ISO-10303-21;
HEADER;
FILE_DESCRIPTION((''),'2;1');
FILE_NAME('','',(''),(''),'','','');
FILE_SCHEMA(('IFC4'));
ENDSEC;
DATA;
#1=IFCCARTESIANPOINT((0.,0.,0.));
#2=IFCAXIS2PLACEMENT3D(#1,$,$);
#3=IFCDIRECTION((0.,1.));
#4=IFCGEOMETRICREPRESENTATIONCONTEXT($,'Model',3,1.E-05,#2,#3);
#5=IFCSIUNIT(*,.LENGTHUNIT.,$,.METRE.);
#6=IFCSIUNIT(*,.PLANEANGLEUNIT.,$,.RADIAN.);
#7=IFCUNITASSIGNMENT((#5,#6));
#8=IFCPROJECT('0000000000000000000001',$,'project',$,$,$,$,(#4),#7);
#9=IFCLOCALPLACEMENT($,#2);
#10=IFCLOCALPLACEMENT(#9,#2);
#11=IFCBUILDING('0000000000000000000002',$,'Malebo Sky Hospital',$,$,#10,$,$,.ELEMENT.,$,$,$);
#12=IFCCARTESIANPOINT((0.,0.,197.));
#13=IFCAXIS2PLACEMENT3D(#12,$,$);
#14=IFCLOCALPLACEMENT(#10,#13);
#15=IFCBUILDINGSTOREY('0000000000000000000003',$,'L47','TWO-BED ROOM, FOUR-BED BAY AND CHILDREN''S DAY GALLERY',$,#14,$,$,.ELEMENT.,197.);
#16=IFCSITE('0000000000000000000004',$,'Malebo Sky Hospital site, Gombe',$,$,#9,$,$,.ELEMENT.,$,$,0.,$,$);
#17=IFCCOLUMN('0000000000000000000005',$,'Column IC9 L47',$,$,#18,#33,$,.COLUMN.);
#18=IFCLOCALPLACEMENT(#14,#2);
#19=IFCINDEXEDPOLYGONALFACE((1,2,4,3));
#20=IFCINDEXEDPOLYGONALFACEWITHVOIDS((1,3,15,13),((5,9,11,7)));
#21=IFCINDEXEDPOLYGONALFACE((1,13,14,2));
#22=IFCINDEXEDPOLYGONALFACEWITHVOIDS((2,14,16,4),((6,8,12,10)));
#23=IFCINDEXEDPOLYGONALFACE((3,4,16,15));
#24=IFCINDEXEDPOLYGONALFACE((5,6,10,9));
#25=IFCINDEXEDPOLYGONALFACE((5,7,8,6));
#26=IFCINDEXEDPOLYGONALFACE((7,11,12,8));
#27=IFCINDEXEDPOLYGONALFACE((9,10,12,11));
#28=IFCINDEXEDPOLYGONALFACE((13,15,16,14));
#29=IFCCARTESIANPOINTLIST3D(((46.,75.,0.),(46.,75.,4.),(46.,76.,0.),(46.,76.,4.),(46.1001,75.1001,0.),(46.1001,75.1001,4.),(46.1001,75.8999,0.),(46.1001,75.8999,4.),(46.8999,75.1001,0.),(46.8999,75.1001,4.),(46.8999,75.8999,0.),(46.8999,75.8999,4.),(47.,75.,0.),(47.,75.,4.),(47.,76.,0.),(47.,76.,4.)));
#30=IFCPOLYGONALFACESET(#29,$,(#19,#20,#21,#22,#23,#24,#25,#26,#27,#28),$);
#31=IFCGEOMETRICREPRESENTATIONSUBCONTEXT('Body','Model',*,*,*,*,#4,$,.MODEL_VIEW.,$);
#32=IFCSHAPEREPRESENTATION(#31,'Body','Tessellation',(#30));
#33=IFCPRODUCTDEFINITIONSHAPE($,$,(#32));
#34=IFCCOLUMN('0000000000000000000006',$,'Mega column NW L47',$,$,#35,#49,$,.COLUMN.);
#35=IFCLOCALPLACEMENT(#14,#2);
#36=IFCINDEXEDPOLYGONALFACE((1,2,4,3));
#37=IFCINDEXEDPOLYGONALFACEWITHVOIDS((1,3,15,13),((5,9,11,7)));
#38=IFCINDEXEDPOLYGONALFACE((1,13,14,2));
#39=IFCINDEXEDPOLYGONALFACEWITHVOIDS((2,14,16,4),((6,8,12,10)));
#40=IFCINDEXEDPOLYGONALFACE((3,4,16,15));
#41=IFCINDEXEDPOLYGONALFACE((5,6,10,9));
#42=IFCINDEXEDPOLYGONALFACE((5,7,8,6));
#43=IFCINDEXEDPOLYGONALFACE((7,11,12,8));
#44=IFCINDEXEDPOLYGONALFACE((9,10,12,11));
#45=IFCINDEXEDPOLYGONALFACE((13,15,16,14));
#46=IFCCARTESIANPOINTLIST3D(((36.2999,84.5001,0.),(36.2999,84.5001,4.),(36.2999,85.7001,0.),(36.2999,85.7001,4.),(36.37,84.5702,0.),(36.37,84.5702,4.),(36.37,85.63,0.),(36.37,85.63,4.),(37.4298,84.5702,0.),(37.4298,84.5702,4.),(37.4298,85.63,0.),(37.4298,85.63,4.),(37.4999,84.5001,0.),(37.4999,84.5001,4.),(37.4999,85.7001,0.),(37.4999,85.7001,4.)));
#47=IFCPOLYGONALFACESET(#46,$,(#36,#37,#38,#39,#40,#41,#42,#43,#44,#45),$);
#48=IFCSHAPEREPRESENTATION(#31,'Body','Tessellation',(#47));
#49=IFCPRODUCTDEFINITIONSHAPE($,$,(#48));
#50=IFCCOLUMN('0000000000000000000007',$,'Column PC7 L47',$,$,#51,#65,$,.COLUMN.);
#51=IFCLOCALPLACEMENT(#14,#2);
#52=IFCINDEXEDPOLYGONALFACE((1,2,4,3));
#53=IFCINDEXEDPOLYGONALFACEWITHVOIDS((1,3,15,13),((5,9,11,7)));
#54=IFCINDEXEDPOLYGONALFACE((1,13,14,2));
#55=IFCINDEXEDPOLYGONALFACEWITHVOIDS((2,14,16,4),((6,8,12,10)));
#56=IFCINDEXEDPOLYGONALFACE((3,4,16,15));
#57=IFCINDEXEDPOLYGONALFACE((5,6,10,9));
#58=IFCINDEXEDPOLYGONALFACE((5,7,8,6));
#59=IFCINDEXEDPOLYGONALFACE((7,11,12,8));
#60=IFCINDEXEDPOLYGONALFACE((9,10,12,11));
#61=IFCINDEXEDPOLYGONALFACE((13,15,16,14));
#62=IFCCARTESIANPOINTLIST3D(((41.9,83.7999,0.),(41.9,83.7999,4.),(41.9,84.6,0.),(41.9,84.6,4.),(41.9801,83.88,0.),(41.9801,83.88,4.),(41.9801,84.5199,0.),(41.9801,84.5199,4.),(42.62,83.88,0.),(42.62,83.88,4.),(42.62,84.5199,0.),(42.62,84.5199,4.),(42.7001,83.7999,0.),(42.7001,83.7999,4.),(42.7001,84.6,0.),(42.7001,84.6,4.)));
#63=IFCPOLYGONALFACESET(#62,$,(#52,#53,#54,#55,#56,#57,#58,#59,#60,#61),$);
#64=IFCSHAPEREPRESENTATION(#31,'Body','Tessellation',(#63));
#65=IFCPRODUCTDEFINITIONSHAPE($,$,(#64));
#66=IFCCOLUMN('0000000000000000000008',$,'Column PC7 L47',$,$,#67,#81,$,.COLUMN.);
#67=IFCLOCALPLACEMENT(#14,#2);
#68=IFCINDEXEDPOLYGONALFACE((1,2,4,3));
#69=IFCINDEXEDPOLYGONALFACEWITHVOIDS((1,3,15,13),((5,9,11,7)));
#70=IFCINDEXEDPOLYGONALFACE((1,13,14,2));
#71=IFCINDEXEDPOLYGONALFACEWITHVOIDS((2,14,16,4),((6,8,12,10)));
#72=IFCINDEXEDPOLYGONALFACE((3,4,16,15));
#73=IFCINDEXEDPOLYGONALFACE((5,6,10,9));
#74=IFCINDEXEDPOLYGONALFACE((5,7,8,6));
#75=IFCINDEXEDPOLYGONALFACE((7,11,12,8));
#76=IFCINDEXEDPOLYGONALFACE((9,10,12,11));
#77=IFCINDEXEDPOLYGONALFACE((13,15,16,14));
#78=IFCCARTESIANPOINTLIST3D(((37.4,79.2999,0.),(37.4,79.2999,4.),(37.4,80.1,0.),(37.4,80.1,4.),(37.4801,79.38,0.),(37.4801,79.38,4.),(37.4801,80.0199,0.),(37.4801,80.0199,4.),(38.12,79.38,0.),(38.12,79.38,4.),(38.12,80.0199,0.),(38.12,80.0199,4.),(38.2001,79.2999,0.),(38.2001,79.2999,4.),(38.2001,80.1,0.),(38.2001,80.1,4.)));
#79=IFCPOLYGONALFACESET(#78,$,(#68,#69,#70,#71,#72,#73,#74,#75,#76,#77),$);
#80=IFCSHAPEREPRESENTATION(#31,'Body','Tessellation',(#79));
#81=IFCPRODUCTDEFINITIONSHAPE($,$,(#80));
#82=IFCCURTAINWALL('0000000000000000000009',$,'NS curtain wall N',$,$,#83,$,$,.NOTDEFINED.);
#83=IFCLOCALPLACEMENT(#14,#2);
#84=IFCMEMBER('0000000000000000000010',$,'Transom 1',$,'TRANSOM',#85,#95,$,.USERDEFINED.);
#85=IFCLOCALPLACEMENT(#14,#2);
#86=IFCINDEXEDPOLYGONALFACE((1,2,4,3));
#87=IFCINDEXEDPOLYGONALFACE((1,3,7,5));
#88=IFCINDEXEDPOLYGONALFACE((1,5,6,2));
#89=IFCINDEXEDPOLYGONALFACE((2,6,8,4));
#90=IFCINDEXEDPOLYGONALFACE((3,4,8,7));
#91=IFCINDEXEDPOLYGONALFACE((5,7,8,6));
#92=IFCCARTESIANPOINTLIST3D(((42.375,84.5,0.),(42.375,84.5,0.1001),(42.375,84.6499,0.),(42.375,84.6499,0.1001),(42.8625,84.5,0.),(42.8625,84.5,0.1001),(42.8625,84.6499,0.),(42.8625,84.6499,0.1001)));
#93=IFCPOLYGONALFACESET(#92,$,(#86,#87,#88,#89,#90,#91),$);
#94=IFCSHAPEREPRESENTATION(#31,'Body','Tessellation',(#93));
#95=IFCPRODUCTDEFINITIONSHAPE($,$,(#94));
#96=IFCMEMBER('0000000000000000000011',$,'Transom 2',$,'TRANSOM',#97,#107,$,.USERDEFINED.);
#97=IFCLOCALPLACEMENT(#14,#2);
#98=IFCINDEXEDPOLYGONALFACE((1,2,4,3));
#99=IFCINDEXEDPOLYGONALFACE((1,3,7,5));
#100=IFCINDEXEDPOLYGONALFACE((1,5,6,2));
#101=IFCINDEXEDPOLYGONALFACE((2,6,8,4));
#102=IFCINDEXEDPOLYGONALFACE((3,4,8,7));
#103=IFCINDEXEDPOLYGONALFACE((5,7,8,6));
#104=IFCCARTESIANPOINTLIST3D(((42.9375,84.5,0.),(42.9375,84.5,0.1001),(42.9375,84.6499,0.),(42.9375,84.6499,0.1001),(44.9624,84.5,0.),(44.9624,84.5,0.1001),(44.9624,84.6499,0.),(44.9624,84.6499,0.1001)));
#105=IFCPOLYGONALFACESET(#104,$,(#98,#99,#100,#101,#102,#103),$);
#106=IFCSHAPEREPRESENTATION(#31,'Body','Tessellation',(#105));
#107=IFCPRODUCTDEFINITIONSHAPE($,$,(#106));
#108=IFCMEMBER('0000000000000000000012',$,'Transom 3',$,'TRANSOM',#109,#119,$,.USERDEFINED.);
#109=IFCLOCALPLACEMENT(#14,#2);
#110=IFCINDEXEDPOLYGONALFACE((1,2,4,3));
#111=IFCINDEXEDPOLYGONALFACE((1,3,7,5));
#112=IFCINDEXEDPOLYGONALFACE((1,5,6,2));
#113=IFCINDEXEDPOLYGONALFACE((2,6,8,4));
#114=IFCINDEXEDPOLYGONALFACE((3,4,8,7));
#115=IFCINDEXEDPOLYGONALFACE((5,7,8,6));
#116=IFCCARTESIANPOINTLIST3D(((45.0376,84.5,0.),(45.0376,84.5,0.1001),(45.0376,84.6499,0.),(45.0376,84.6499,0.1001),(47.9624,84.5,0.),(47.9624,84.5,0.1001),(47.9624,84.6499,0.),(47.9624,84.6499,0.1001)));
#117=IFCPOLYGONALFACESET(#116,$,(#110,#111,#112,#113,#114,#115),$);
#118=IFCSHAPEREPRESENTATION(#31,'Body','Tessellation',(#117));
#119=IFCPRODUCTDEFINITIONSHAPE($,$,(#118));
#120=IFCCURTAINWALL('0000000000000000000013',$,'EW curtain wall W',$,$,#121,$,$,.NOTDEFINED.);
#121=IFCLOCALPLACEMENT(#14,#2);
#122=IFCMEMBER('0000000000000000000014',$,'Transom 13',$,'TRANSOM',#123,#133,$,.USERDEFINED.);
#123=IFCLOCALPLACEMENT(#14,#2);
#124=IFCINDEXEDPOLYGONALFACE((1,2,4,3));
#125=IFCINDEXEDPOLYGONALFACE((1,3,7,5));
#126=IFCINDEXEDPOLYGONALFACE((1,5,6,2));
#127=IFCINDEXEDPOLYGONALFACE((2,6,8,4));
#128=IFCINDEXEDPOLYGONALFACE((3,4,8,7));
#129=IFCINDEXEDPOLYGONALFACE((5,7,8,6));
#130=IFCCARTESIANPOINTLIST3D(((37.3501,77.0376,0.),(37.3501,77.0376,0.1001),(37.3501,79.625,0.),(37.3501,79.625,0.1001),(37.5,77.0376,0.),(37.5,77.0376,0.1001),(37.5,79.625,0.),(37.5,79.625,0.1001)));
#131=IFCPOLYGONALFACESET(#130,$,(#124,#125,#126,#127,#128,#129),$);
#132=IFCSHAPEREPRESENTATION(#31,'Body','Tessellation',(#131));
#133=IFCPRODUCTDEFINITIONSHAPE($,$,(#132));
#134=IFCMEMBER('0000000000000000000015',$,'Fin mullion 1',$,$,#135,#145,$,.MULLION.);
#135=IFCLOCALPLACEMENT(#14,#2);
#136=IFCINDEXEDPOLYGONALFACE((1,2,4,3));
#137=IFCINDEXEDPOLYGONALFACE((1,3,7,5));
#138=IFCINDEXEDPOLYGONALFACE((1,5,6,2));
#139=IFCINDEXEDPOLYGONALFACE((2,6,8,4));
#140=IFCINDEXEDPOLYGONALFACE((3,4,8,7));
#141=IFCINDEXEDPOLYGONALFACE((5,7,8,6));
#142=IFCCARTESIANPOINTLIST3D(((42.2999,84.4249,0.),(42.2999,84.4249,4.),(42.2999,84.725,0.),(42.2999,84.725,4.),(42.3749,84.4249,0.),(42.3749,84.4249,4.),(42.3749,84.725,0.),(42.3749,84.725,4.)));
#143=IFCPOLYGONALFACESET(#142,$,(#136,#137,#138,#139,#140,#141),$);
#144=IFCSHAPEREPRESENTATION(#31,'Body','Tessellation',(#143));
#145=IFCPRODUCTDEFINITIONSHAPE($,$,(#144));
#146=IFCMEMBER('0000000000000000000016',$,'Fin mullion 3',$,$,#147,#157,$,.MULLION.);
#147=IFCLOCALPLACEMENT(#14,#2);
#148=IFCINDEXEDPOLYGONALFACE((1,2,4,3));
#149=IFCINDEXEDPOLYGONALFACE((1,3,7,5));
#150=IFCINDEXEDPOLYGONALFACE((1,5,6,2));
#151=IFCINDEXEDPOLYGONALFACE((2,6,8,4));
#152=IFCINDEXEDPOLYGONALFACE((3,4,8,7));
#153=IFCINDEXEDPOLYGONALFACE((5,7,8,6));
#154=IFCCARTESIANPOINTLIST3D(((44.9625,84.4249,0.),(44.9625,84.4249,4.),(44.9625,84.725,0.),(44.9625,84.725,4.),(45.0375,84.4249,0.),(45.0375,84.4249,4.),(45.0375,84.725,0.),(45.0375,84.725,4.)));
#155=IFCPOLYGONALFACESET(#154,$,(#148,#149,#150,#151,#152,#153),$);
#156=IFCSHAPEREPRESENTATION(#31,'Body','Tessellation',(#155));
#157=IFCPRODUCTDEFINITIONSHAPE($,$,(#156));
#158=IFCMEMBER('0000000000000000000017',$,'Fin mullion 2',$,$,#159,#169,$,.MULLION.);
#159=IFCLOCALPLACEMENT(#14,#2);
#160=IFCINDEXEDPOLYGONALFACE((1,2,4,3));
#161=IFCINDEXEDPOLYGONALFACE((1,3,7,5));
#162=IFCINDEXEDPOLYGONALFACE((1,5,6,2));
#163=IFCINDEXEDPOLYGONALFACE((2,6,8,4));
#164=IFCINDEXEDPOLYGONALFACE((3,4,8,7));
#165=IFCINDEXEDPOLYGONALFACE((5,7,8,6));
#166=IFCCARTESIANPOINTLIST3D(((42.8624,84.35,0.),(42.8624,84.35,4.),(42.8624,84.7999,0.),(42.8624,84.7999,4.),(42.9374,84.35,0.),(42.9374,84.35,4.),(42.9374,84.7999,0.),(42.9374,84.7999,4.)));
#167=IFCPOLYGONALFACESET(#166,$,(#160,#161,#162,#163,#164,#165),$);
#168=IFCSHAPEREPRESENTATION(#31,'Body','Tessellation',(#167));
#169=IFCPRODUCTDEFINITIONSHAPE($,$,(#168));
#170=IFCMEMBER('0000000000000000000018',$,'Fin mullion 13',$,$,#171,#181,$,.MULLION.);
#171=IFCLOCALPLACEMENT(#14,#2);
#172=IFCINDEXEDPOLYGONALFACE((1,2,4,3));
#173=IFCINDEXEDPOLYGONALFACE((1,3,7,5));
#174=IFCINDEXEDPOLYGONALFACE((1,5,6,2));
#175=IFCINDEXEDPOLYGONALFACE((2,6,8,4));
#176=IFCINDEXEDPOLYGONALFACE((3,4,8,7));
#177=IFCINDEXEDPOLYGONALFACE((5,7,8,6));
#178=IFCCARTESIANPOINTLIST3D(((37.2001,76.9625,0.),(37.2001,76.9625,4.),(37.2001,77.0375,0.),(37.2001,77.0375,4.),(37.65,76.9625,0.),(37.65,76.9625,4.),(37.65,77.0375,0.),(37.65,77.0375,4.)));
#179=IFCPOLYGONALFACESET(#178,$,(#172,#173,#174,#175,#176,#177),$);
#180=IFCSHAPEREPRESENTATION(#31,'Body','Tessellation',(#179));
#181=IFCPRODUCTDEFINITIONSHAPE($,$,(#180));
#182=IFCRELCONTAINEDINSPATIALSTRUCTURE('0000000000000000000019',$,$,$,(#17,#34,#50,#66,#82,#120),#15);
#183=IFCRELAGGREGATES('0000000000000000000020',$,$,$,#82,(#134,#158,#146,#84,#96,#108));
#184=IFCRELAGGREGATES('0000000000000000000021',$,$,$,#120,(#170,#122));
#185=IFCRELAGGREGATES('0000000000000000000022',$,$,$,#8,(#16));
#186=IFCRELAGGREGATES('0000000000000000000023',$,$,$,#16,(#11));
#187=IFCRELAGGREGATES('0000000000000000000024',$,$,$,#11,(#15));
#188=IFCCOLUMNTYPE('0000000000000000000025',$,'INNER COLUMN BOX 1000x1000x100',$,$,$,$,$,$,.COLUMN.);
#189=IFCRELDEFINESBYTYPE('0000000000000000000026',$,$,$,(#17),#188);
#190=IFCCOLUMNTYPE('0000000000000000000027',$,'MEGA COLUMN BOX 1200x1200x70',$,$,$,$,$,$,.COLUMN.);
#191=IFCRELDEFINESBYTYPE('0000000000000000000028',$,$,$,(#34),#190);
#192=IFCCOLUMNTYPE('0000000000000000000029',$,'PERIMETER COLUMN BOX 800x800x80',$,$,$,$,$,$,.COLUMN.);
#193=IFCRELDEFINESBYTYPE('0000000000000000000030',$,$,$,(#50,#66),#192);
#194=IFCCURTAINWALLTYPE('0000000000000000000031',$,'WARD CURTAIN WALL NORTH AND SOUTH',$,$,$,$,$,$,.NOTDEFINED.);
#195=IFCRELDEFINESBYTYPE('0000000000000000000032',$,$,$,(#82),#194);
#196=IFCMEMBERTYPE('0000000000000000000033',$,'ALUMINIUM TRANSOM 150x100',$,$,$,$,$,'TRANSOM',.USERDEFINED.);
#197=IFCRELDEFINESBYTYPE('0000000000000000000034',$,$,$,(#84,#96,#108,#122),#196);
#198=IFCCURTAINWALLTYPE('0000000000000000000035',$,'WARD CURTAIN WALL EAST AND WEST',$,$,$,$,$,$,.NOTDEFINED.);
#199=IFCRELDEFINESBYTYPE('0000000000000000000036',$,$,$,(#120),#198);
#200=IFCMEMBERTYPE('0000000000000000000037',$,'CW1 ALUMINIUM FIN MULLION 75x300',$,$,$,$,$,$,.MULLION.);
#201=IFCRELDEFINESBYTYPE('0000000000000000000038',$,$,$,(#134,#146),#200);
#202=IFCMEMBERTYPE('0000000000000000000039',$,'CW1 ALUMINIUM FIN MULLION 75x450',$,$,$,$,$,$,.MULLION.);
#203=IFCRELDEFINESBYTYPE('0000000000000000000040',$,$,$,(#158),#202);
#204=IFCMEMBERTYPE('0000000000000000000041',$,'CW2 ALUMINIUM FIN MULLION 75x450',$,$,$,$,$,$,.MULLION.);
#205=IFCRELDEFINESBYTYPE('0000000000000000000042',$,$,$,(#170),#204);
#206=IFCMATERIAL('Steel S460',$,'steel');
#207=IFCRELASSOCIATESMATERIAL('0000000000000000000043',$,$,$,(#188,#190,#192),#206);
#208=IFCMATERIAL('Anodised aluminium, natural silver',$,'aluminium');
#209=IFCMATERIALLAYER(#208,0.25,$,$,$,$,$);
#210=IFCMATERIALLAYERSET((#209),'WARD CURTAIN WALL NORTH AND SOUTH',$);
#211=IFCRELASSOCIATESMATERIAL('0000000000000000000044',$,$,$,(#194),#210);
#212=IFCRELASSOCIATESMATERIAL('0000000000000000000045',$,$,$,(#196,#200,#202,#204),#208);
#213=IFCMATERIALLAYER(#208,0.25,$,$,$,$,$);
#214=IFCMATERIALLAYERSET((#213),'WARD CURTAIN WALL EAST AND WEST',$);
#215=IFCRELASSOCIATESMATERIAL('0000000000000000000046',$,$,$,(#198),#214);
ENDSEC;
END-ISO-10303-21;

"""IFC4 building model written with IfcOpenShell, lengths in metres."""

from ifc_helpers import new_model, si_unit, direction, frame, origin, origin_2d, place, context, subcontext, project, spatial, rectangle, hollow_rectangle, extrude, material, layer, layer_set, material_profile, profile_set, type_object, element, aggregate, save


model = new_model("IFC4")

# Units and contexts
model_context = context("Model", 3, precision=1e-05, world=origin(), true_north=direction((0.0, 1.0)))
body_context = subcontext(model_context, "Body", "Model", "MODEL_VIEW")
ifc_project = project(units=[si_unit("LENGTHUNIT", "METRE"), si_unit("PLANEANGLEUNIT", "RADIAN")], contexts=[model_context])

# Site, building, storey
site_placement = place(None, origin())
site = spatial("IfcSite", under=ifc_project, at=site_placement, Name="Malebo Sky Hospital site, Gombe", CompositionType="ELEMENT", RefElevation=0.0)
building_placement = place(site_placement, origin())
building = spatial("IfcBuilding", under=site, at=building_placement, Name="Malebo Sky Hospital", CompositionType="ELEMENT")
storey_placement = place(building_placement, frame((0.0, 0.0, 197.0)))
storey = spatial("IfcBuildingStorey", under=building, at=storey_placement, Name="L47", Description="TWO-BED ROOM, FOUR-BED BAY AND CHILDREN'S DAY GALLERY", CompositionType="ELEMENT", Elevation=197.0)

# Columns
ifc_material_1 = material(Name="Steel S460", Category="steel")
ifc_material_profile_1 = material_profile(ifc_material_1, hollow_rectangle(XDim=1.0, YDim=1.0, WallThickness=0.1001, at=origin_2d()), Name="BOX 1000x1000x100")
ifc_profile_set_1 = profile_set([ifc_material_profile_1], Name="Steel S460")
column_type_1 = type_object("IfcColumnType", Name="INNER COLUMN BOX 1000x1000x100", PredefinedType="COLUMN", material=ifc_profile_set_1)
column_1_placement = place(storey_placement, frame((46.5, 75.5, 0.0), z_axis=(0.0, 0.0, 1.0), x_axis=(1.0, 0.0, 0.0)))
element("IfcColumn", 1, at=column_1_placement, inside=storey, type_object=column_type_1, Name="Column IC9 L47", PredefinedType="COLUMN", context=body_context, shape_type="SweptSolid", body=[
    extrude(hollow_rectangle(XDim=1.0, YDim=1.0, WallThickness=0.1001, at=origin_2d()), origin(), (0.0, 0.0, 1.0), 4.0),
])
ifc_material_profile_2 = material_profile(ifc_material_1, hollow_rectangle(XDim=1.2, YDim=1.2, WallThickness=0.0701, at=origin_2d()), Name="BOX 1200x1200x70")
ifc_profile_set_2 = profile_set([ifc_material_profile_2], Name="Steel S460")
column_type_2 = type_object("IfcColumnType", Name="MEGA COLUMN BOX 1200x1200x70", PredefinedType="COLUMN", material=ifc_profile_set_2)
column_2_placement = place(storey_placement, frame((36.8999, 85.1001, 0.0), z_axis=(0.0, 0.0, 1.0), x_axis=(1.0, 0.0, 0.0)))
element("IfcColumn", 2, at=column_2_placement, inside=storey, type_object=column_type_2, Name="Mega column NW L47", PredefinedType="COLUMN", context=body_context, shape_type="SweptSolid", body=[
    extrude(hollow_rectangle(XDim=1.2, YDim=1.2, WallThickness=0.0701, at=origin_2d()), origin(), (0.0, 0.0, 1.0), 4.0),
])
ifc_material_profile_3 = material_profile(ifc_material_1, hollow_rectangle(XDim=0.8, YDim=0.8, WallThickness=0.0801, at=origin_2d()), Name="BOX 800x800x80")
ifc_profile_set_3 = profile_set([ifc_material_profile_3], Name="Steel S460")
column_type_3 = type_object("IfcColumnType", Name="PERIMETER COLUMN BOX 800x800x80", PredefinedType="COLUMN", material=ifc_profile_set_3)
for number, where, z_axis, x_axis, name in (
    (3, (42.3, 84.2, 0.0), (0.0, 0.0, 1.0), (1.0, 0.0, 0.0), "Column PC7 L47"),
    (4, (37.8, 79.7, 0.0), (0.0, 0.0, 1.0), (1.0, 0.0, 0.0), "Column PC7 L47"),
):
    element("IfcColumn", number, at=place(storey_placement, frame(where, z_axis=z_axis, x_axis=x_axis)), inside=storey, type_object=column_type_3, Name=name, PredefinedType="COLUMN", context=body_context, shape_type="SweptSolid", body=[
        extrude(hollow_rectangle(XDim=0.8, YDim=0.8, WallThickness=0.0801, at=origin_2d()), origin(), (0.0, 0.0, 1.0), 4.0),
    ])

# Curtain wall, members
ifc_material_2 = material(Name="Anodised aluminium, natural silver", Category="aluminium")
ifc_layer_1 = layer(ifc_material_2, 0.25)
ifc_layer_set_1 = layer_set([ifc_layer_1], Name="WARD CURTAIN WALL NORTH AND SOUTH")
curtain_wall_type_1 = type_object("IfcCurtainWallType", Name="WARD CURTAIN WALL NORTH AND SOUTH", PredefinedType="NOTDEFINED", material=ifc_layer_set_1)
curtain_wall_1_placement = place(storey_placement, origin())
curtain_wall_1 = element("IfcCurtainWall", 5, at=curtain_wall_1_placement, inside=storey, type_object=curtain_wall_type_1, Name="NS curtain wall N", PredefinedType="NOTDEFINED")
ifc_material_profile_4 = material_profile(ifc_material_2, rectangle(XDim=0.1499, YDim=0.1001, at=origin_2d()), Name="ALUMINIUM TRANSOM 150x100")
ifc_profile_set_4 = profile_set([ifc_material_profile_4], Name="Anodised aluminium, natural silver")
member_type_1 = type_object("IfcMemberType", Name="ALUMINIUM TRANSOM 150x100", ElementType="TRANSOM", PredefinedType="USERDEFINED", material=ifc_profile_set_4)
member_1_placement = place(storey_placement, frame((42.375, 84.575, 0.05), z_axis=(1.0, 0.0, 0.0), x_axis=(0.0, 1.0, 0.0)))
member_1 = element("IfcMember", 6, at=member_1_placement, type_object=member_type_1, Name="Transom 1", ObjectType="TRANSOM", PredefinedType="USERDEFINED", context=body_context, shape_type="SweptSolid", body=[
    extrude(rectangle(XDim=0.1499, YDim=0.1001, at=origin_2d()), origin(), (0.0, 0.0, 1.0), 0.4875),
])
member_2_placement = place(storey_placement, frame((42.9375, 84.575, 0.05), z_axis=(1.0, 0.0, 0.0), x_axis=(0.0, 1.0, 0.0)))
member_2 = element("IfcMember", 7, at=member_2_placement, type_object=member_type_1, Name="Transom 2", ObjectType="TRANSOM", PredefinedType="USERDEFINED", context=body_context, shape_type="SweptSolid", body=[
    extrude(rectangle(XDim=0.1499, YDim=0.1001, at=origin_2d()), origin(), (0.0, 0.0, 1.0), 2.0249),
])
member_3_placement = place(storey_placement, frame((45.0376, 84.575, 0.05), z_axis=(1.0, 0.0, 0.0), x_axis=(0.0, 1.0, 0.0)))
member_3 = element("IfcMember", 8, at=member_3_placement, type_object=member_type_1, Name="Transom 3", ObjectType="TRANSOM", PredefinedType="USERDEFINED", context=body_context, shape_type="SweptSolid", body=[
    extrude(rectangle(XDim=0.1499, YDim=0.1001, at=origin_2d()), origin(), (0.0, 0.0, 1.0), 2.9248),
])

# Curtain wall, member
ifc_layer_2 = layer(ifc_material_2, 0.25)
ifc_layer_set_2 = layer_set([ifc_layer_2], Name="WARD CURTAIN WALL EAST AND WEST")
curtain_wall_type_2 = type_object("IfcCurtainWallType", Name="WARD CURTAIN WALL EAST AND WEST", PredefinedType="NOTDEFINED", material=ifc_layer_set_2)
curtain_wall_2_placement = place(storey_placement, origin())
curtain_wall_2 = element("IfcCurtainWall", 9, at=curtain_wall_2_placement, inside=storey, type_object=curtain_wall_type_2, Name="EW curtain wall W", PredefinedType="NOTDEFINED")
member_4_placement = place(storey_placement, frame((37.425, 77.0376, 0.05), z_axis=(0.0, 1.0, 0.0), x_axis=(-1.0, 0.0, 0.0)))
member_4 = element("IfcMember", 10, at=member_4_placement, type_object=member_type_1, Name="Transom 13", ObjectType="TRANSOM", PredefinedType="USERDEFINED", context=body_context, shape_type="SweptSolid", body=[
    extrude(rectangle(XDim=0.1499, YDim=0.1001, at=origin_2d()), origin(), (0.0, 0.0, 1.0), 2.5874),
])

# Members
ifc_material_profile_5 = material_profile(ifc_material_2, rectangle(XDim=0.075, YDim=0.3, at=origin_2d()), Name="CW1 ALUMINIUM FIN MULLION 75x300")
ifc_profile_set_5 = profile_set([ifc_material_profile_5], Name="Anodised aluminium, natural silver")
member_type_2 = type_object("IfcMemberType", Name="CW1 ALUMINIUM FIN MULLION 75x300", PredefinedType="MULLION", material=ifc_profile_set_5)
member_5_placement = place(storey_placement, frame((42.3374, 84.575, 0.0), z_axis=(0.0, 0.0, 1.0), x_axis=(1.0, 0.0, 0.0)))
member_5 = element("IfcMember", 11, at=member_5_placement, type_object=member_type_2, Name="Fin mullion 1", PredefinedType="MULLION", context=body_context, shape_type="SweptSolid", body=[
    extrude(rectangle(XDim=0.075, YDim=0.3, at=origin_2d()), origin(), (0.0, 0.0, 1.0), 4.0),
])
member_6_placement = place(storey_placement, frame((45.0, 84.575, 0.0), z_axis=(0.0, 0.0, 1.0), x_axis=(1.0, 0.0, 0.0)))
member_6 = element("IfcMember", 12, at=member_6_placement, type_object=member_type_2, Name="Fin mullion 3", PredefinedType="MULLION", context=body_context, shape_type="SweptSolid", body=[
    extrude(rectangle(XDim=0.075, YDim=0.3, at=origin_2d()), origin(), (0.0, 0.0, 1.0), 4.0),
])
ifc_material_profile_6 = material_profile(ifc_material_2, rectangle(XDim=0.075, YDim=0.45, at=origin_2d()), Name="CW1 ALUMINIUM FIN MULLION 75x450")
ifc_profile_set_6 = profile_set([ifc_material_profile_6], Name="Anodised aluminium, natural silver")
member_type_3 = type_object("IfcMemberType", Name="CW1 ALUMINIUM FIN MULLION 75x450", PredefinedType="MULLION", material=ifc_profile_set_6)
member_7_placement = place(storey_placement, frame((42.8999, 84.575, 0.0), z_axis=(0.0, 0.0, 1.0), x_axis=(1.0, 0.0, 0.0)))
member_7 = element("IfcMember", 13, at=member_7_placement, type_object=member_type_3, Name="Fin mullion 2", PredefinedType="MULLION", context=body_context, shape_type="SweptSolid", body=[
    extrude(rectangle(XDim=0.075, YDim=0.45, at=origin_2d()), origin(), (0.0, 0.0, 1.0), 4.0),
])
ifc_material_profile_7 = material_profile(ifc_material_2, rectangle(XDim=0.075, YDim=0.45, at=origin_2d()), Name="CW2 ALUMINIUM FIN MULLION 75x450")
ifc_profile_set_7 = profile_set([ifc_material_profile_7], Name="Anodised aluminium, natural silver")
member_type_4 = type_object("IfcMemberType", Name="CW2 ALUMINIUM FIN MULLION 75x450", PredefinedType="MULLION", material=ifc_profile_set_7)
member_8_placement = place(storey_placement, frame((37.425, 77.0, 0.0), z_axis=(0.0, 0.0, 1.0), x_axis=(0.0, 1.0, 0.0)))
member_8 = element("IfcMember", 14, at=member_8_placement, type_object=member_type_4, Name="Fin mullion 13", PredefinedType="MULLION", context=body_context, shape_type="SweptSolid", body=[
    extrude(rectangle(XDim=0.075, YDim=0.45, at=origin_2d()), origin(), (0.0, 0.0, 1.0), 4.0),
])

aggregate(curtain_wall_1, [member_5, member_7, member_6, member_1, member_2, member_3])
aggregate(curtain_wall_2, [member_8, member_4])

save(model, "model.ifc")
